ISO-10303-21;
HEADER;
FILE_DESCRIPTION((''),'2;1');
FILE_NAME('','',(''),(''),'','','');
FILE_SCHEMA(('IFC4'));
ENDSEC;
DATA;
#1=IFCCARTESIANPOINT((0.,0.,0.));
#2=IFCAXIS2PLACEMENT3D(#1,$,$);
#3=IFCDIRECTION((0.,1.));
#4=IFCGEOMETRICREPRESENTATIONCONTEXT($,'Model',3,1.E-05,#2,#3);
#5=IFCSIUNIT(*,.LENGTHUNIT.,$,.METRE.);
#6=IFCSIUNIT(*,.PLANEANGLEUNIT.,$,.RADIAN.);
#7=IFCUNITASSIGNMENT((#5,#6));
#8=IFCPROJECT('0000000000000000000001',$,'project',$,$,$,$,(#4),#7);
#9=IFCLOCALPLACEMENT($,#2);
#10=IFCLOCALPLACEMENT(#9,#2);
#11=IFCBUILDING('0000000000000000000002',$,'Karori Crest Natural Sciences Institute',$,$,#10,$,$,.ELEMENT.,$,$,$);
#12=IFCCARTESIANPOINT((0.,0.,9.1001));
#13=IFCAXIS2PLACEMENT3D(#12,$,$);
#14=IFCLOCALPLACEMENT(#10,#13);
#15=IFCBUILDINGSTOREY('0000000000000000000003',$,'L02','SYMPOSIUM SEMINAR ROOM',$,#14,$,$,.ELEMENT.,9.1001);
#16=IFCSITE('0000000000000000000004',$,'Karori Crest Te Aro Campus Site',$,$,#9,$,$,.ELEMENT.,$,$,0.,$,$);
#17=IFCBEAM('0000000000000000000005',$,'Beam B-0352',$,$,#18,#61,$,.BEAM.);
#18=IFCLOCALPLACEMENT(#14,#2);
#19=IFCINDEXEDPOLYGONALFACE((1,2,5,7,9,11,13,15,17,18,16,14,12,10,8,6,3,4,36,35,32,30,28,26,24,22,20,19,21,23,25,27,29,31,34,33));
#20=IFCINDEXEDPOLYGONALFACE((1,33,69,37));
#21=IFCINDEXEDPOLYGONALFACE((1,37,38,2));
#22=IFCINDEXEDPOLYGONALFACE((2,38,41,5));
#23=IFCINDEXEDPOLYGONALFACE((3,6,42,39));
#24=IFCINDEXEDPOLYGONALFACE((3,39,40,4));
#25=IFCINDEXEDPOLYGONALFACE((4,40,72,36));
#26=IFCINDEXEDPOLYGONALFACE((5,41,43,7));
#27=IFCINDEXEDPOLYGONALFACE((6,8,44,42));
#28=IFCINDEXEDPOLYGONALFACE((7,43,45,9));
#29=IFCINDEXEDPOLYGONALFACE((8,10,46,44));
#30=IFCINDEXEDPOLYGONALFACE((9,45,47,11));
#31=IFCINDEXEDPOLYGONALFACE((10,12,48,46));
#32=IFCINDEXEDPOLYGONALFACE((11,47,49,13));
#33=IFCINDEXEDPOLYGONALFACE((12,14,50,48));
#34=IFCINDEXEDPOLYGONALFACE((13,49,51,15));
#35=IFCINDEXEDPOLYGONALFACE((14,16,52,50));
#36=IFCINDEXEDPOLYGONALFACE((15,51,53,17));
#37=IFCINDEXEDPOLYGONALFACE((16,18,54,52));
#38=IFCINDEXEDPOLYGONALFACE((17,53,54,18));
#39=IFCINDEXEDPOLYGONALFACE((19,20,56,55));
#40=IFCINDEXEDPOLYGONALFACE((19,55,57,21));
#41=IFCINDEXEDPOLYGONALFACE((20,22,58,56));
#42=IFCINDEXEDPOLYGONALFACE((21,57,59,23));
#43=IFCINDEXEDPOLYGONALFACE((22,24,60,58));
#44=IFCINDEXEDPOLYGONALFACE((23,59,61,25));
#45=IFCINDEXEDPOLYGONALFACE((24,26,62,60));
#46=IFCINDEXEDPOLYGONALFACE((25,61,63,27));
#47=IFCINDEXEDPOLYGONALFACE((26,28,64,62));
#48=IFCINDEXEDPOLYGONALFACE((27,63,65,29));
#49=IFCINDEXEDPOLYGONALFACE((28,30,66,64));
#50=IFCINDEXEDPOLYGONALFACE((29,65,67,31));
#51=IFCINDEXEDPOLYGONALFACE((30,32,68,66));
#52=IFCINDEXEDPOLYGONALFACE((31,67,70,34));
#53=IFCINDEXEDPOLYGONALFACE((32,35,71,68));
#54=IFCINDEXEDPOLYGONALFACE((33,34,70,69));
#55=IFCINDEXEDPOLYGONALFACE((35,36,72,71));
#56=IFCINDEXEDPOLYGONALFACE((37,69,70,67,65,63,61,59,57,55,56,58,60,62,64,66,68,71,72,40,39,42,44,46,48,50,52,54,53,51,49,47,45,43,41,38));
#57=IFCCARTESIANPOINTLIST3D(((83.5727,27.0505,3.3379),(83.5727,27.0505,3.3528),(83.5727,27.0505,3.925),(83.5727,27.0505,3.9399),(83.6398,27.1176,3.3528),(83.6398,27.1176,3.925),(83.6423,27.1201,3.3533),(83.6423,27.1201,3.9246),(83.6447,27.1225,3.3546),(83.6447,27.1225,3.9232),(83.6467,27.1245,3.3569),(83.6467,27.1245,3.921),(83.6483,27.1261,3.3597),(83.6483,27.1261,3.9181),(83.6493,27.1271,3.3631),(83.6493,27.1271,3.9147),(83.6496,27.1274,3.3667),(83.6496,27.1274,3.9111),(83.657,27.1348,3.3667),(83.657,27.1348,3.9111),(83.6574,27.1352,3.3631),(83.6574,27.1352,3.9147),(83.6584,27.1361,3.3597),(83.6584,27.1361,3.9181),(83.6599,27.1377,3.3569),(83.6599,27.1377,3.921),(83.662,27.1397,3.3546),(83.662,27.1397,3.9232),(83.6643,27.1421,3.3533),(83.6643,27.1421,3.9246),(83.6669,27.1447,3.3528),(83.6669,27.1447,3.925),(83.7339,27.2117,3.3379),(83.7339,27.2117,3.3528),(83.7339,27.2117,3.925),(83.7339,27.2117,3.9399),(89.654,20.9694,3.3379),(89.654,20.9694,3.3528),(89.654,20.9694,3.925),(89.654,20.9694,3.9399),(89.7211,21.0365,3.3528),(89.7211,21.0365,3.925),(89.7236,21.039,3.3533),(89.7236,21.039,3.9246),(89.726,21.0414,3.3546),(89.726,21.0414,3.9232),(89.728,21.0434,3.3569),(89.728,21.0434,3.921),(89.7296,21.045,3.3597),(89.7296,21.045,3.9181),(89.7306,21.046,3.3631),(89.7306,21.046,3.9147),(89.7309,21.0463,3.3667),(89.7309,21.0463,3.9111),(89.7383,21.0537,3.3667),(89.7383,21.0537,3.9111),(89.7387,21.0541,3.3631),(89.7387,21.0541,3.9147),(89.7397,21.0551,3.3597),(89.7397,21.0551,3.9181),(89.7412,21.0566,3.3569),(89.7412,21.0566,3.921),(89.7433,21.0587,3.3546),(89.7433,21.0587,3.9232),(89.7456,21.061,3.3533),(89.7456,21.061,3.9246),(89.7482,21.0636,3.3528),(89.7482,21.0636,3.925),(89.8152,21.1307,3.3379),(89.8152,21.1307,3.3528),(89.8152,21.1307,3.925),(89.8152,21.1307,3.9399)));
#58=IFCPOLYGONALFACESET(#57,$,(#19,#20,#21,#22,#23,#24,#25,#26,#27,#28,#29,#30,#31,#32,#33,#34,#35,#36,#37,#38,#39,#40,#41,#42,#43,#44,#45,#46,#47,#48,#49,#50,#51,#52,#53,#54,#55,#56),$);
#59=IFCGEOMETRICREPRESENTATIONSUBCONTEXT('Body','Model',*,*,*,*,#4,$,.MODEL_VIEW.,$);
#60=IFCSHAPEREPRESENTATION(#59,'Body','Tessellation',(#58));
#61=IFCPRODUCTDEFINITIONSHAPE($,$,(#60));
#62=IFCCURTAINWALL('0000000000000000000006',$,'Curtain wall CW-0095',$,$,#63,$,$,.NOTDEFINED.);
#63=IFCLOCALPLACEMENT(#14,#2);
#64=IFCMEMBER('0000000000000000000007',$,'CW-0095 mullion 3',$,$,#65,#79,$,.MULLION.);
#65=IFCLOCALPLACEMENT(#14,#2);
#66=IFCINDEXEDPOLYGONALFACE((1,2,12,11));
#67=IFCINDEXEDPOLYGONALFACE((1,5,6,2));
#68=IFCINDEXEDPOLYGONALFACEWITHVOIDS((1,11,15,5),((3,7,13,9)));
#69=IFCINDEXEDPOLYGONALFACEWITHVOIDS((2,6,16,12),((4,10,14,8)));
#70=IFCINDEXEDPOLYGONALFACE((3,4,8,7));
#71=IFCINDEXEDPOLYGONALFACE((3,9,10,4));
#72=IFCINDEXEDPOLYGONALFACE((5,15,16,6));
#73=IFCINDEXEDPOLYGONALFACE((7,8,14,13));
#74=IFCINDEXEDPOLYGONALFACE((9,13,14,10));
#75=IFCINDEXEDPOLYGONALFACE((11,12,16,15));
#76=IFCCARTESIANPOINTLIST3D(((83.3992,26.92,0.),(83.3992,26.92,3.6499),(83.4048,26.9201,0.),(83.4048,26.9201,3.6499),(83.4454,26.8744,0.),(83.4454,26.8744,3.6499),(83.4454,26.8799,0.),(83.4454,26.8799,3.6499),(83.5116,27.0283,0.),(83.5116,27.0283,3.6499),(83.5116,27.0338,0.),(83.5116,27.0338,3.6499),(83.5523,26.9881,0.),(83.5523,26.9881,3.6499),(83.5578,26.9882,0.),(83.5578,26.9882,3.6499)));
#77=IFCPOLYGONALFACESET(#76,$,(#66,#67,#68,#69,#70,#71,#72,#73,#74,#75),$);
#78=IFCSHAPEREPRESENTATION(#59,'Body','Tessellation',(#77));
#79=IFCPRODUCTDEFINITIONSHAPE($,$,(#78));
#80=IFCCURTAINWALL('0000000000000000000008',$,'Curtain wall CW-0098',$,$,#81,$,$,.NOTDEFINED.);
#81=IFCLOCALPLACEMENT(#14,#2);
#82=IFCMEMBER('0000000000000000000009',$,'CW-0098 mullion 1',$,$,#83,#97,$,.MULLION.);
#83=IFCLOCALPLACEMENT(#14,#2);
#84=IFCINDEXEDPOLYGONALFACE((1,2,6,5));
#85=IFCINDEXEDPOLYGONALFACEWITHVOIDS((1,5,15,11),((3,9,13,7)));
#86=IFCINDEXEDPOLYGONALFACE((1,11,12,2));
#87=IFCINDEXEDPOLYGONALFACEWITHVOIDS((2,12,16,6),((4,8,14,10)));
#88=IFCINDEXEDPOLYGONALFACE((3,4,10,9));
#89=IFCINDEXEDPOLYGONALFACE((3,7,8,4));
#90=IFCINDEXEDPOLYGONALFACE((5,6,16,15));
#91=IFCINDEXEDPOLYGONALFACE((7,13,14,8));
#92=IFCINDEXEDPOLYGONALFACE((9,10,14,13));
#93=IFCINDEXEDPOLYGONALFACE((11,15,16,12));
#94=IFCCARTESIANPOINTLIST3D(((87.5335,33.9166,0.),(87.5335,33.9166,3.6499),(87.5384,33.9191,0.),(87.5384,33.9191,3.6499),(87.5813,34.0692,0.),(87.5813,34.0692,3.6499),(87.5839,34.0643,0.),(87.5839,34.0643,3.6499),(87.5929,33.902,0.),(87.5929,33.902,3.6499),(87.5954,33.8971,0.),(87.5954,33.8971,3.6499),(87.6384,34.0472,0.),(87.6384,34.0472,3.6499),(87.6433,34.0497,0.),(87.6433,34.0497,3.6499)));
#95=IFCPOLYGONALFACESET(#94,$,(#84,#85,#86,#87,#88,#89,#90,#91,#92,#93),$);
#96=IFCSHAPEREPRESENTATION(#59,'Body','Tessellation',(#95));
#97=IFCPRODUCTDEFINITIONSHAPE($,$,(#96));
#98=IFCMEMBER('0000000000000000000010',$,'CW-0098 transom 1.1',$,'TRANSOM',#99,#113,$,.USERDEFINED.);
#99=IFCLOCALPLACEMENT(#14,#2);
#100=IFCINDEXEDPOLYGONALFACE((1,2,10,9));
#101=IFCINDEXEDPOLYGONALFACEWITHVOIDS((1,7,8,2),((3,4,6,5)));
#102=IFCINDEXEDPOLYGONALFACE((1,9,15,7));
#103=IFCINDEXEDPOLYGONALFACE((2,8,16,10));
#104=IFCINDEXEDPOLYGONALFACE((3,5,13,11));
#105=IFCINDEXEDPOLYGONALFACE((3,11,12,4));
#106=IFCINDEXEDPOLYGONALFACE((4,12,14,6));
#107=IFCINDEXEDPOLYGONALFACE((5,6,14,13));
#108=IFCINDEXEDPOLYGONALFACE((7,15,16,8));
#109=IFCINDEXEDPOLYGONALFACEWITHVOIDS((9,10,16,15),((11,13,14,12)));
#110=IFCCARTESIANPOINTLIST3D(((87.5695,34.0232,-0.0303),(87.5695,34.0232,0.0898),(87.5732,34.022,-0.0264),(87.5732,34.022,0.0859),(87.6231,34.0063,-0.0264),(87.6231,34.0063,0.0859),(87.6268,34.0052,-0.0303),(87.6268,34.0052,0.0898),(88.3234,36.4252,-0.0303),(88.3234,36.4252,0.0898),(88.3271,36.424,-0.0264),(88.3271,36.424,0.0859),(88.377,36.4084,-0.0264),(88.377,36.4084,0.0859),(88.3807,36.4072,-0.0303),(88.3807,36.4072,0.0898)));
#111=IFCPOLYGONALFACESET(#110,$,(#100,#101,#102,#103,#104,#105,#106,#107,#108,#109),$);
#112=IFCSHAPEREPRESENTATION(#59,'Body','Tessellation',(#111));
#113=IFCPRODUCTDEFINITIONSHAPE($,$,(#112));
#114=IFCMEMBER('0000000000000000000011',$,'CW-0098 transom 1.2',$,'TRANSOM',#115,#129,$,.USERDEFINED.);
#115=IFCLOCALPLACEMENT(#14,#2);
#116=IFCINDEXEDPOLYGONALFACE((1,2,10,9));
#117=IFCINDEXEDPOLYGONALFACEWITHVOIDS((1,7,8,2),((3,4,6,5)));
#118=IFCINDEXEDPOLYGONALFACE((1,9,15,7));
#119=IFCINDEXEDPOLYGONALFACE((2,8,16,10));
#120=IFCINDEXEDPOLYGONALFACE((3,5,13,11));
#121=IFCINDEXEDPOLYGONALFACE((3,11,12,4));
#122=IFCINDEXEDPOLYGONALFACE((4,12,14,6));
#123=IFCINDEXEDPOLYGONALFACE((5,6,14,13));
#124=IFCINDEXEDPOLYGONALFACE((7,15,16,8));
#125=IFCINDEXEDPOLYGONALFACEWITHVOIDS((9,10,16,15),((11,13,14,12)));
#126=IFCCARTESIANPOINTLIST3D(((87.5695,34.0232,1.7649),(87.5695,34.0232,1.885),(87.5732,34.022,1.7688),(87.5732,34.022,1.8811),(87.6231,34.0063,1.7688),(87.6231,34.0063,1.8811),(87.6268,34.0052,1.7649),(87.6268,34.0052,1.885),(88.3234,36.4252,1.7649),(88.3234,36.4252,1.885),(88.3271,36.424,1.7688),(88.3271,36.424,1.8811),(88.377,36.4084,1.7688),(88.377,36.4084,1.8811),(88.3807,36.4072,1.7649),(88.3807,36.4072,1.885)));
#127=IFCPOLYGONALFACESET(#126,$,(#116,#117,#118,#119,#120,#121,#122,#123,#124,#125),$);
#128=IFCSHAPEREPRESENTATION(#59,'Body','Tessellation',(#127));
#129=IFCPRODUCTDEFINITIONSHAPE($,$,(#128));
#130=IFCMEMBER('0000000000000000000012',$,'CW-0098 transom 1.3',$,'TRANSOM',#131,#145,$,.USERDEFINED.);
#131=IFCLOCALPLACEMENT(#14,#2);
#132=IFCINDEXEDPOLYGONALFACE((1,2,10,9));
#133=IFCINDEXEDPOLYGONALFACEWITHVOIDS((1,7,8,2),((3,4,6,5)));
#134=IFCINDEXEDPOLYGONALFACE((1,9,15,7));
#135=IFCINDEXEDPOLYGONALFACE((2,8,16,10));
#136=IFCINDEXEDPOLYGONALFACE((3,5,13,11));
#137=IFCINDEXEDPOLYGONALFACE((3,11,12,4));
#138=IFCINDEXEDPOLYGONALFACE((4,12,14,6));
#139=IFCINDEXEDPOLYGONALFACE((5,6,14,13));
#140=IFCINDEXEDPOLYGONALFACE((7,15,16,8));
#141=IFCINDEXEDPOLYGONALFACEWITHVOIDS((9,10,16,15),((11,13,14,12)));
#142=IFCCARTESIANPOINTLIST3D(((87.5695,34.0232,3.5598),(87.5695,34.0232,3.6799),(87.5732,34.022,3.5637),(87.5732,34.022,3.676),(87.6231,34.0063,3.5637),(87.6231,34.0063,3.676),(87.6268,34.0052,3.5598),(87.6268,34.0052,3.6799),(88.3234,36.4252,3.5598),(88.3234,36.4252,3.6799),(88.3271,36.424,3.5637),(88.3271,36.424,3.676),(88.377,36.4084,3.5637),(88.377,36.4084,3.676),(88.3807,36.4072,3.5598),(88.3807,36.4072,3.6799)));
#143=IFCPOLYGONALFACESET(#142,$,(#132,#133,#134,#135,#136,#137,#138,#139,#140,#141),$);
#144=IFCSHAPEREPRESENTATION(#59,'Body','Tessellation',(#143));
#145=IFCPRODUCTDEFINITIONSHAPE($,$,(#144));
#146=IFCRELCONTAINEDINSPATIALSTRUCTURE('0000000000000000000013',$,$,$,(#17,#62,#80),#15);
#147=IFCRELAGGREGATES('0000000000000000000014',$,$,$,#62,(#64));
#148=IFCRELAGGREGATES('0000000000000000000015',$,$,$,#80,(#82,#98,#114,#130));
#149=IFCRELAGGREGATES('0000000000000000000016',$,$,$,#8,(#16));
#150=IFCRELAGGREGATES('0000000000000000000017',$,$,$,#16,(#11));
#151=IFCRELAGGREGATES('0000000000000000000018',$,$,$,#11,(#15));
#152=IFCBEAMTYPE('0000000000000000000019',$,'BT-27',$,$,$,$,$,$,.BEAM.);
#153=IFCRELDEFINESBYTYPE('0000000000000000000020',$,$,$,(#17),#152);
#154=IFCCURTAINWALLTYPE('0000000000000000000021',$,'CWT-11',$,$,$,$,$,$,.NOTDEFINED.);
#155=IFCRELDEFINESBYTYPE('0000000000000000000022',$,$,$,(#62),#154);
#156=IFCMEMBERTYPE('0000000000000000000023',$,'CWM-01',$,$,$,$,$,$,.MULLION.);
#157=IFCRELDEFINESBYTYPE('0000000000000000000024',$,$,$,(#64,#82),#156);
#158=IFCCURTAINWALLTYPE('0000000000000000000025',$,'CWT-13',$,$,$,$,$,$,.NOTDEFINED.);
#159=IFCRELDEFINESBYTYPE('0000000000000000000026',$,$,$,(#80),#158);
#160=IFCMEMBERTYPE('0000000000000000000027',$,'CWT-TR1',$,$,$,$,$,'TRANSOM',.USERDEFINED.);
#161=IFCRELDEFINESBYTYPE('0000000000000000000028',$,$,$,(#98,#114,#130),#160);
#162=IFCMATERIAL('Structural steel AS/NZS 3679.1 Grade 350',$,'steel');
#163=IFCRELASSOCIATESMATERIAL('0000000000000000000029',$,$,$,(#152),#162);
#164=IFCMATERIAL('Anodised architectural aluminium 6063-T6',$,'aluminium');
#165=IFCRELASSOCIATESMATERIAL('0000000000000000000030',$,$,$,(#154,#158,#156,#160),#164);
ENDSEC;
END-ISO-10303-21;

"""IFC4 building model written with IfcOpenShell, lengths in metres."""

from ifc_helpers import new_model, si_unit, direction, frame, origin, origin_2d, place, context, subcontext, project, spatial, hollow_rectangle, i_section, extrude, material, material_profile, profile_set, type_object, element, aggregate, save


model = new_model("IFC4")

# Units and contexts
model_context = context("Model", 3, precision=1e-05, world=origin(), true_north=direction((0.0, 1.0)))
body_context = subcontext(model_context, "Body", "Model", "MODEL_VIEW")
ifc_project = project(units=[si_unit("LENGTHUNIT", "METRE"), si_unit("PLANEANGLEUNIT", "RADIAN")], contexts=[model_context])

# Site, building, storey
site_placement = place(None, origin())
site = spatial("IfcSite", under=ifc_project, at=site_placement, Name="Karori Crest Te Aro Campus Site", CompositionType="ELEMENT", RefElevation=0.0)
building_placement = place(site_placement, origin())
building = spatial("IfcBuilding", under=site, at=building_placement, Name="Karori Crest Natural Sciences Institute", CompositionType="ELEMENT")
storey_placement = place(building_placement, frame((0.0, 0.0, 9.1001)))
storey = spatial("IfcBuildingStorey", under=building, at=storey_placement, Name="L02", Description="SYMPOSIUM SEMINAR ROOM", CompositionType="ELEMENT", Elevation=9.1001)

# Shared definitions
ifc_material_1 = material(Name="Structural steel AS/NZS 3679.1 Grade 350", Category="steel")

# Beam
ifc_material_profile_1 = material_profile(ifc_material_1, i_section(OverallWidth=0.228, OverallDepth=0.6021, WebThickness=0.0105, FlangeThickness=0.0149, FilletRadius=0.0139, at=origin_2d()), Name="610UB101")
ifc_profile_set_1 = profile_set([ifc_material_profile_1], Name="Structural steel AS/NZS 3679.1 Grade 350")
beam_type_1 = type_object("IfcBeamType", Name="BT-27", PredefinedType="BEAM", material=ifc_profile_set_1)
beam_1_placement = place(storey_placement, frame((83.6533, 27.1311, 3.6389), z_axis=(0.707121, -0.707093, 0.0), x_axis=(0.707093, 0.707121, 0.0)))
element("IfcBeam", 1, at=beam_1_placement, inside=storey, type_object=beam_type_1, Name="Beam B-0352", PredefinedType="BEAM", context=body_context, shape_type="SweptSolid", body=[
    extrude(i_section(OverallWidth=0.228, OverallDepth=0.6021, WebThickness=0.0105, FlangeThickness=0.0149, FilletRadius=0.0139, at=origin_2d()), origin(), (0.0, 0.0, 1.0), 8.6001),
])

# Curtain wall, member
ifc_material_2 = material(Name="Anodised architectural aluminium 6063-T6", Category="aluminium")
curtain_wall_type_1 = type_object("IfcCurtainWallType", Name="CWT-11", PredefinedType="NOTDEFINED", material=ifc_material_2)
curtain_wall_1_placement = place(storey_placement, origin())
curtain_wall_1 = element("IfcCurtainWall", 2, at=curtain_wall_1_placement, inside=storey, type_object=curtain_wall_type_1, Name="Curtain wall CW-0095", PredefinedType="NOTDEFINED")
ifc_material_profile_2 = material_profile(ifc_material_2, hollow_rectangle(XDim=0.0649, YDim=0.1599, WallThickness=0.0039, at=origin_2d()), Name="CWM160x65x4")
ifc_profile_set_2 = profile_set([ifc_material_profile_2], Name="Anodised architectural aluminium 6063-T6")
member_type_1 = type_object("IfcMemberType", Name="CWM-01", PredefinedType="MULLION", material=ifc_profile_set_2)
member_1_placement = place(storey_placement, frame((83.4785, 26.9541, 0.0), z_axis=(0.0, 0.0, 1.0), x_axis=(-0.711529, 0.702656, 0.0)))
member_1 = element("IfcMember", 3, at=member_1_placement, type_object=member_type_1, Name="CW-0095 mullion 3", PredefinedType="MULLION", context=body_context, shape_type="SweptSolid", body=[
    extrude(hollow_rectangle(XDim=0.0649, YDim=0.1599, WallThickness=0.0039, at=origin_2d()), origin(), (0.0, 0.0, 1.0), 3.6499),
])

# Curtain wall, members
curtain_wall_type_2 = type_object("IfcCurtainWallType", Name="CWT-13", PredefinedType="NOTDEFINED", material=ifc_material_2)
curtain_wall_2_placement = place(storey_placement, origin())
curtain_wall_2 = element("IfcCurtainWall", 4, at=curtain_wall_2_placement, inside=storey, type_object=curtain_wall_type_2, Name="Curtain wall CW-0098", PredefinedType="NOTDEFINED")
member_2_placement = place(storey_placement, frame((87.5884, 33.9832, 0.0), z_axis=(0.0, 0.0, 1.0), x_axis=(-0.954104, 0.299477, 0.0)))
member_2 = element("IfcMember", 5, at=member_2_placement, type_object=member_type_1, Name="CW-0098 mullion 1", PredefinedType="MULLION", context=body_context, shape_type="SweptSolid", body=[
    extrude(hollow_rectangle(XDim=0.0649, YDim=0.1599, WallThickness=0.0039, at=origin_2d()), origin(), (0.0, 0.0, 1.0), 3.6499),
])
ifc_material_profile_3 = material_profile(ifc_material_2, hollow_rectangle(XDim=0.0601, YDim=0.1201, WallThickness=0.0039, at=origin_2d()), Name="CWT120x60x4")
ifc_profile_set_3 = profile_set([ifc_material_profile_3], Name="Anodised architectural aluminium 6063-T6")
member_type_2 = type_object("IfcMemberType", Name="CWT-TR1", ElementType="TRANSOM", PredefinedType="USERDEFINED", material=ifc_profile_set_3)
member_3_placement = place(storey_placement, frame((87.5981, 34.0142, 0.0298), z_axis=(0.299451, 0.954112, 0.0), x_axis=(-0.954112, 0.299451, 0.0)))
member_3 = element("IfcMember", 6, at=member_3_placement, type_object=member_type_2, Name="CW-0098 transom 1.1", ObjectType="TRANSOM", PredefinedType="USERDEFINED", context=body_context, shape_type="SweptSolid", body=[
    extrude(hollow_rectangle(XDim=0.0601, YDim=0.1201, WallThickness=0.0039, at=origin_2d()), origin(), (0.0, 0.0, 1.0), 2.5176),
])
member_4_placement = place(storey_placement, frame((87.5981, 34.0142, 1.825), z_axis=(0.299451, 0.954112, 0.0), x_axis=(-0.954112, 0.299451, 0.0)))
member_4 = element("IfcMember", 7, at=member_4_placement, type_object=member_type_2, Name="CW-0098 transom 1.2", ObjectType="TRANSOM", PredefinedType="USERDEFINED", context=body_context, shape_type="SweptSolid", body=[
    extrude(hollow_rectangle(XDim=0.0601, YDim=0.1201, WallThickness=0.0039, at=origin_2d()), origin(), (0.0, 0.0, 1.0), 2.5176),
])
member_5_placement = place(storey_placement, frame((87.5981, 34.0142, 3.6199), z_axis=(0.299451, 0.954112, 0.0), x_axis=(-0.954112, 0.299451, 0.0)))
member_5 = element("IfcMember", 8, at=member_5_placement, type_object=member_type_2, Name="CW-0098 transom 1.3", ObjectType="TRANSOM", PredefinedType="USERDEFINED", context=body_context, shape_type="SweptSolid", body=[
    extrude(hollow_rectangle(XDim=0.0601, YDim=0.1201, WallThickness=0.0039, at=origin_2d()), origin(), (0.0, 0.0, 1.0), 2.5176),
])

aggregate(curtain_wall_1, [member_1])
aggregate(curtain_wall_2, [member_2, member_3, member_4, member_5])

save(model, "model.ifc")
